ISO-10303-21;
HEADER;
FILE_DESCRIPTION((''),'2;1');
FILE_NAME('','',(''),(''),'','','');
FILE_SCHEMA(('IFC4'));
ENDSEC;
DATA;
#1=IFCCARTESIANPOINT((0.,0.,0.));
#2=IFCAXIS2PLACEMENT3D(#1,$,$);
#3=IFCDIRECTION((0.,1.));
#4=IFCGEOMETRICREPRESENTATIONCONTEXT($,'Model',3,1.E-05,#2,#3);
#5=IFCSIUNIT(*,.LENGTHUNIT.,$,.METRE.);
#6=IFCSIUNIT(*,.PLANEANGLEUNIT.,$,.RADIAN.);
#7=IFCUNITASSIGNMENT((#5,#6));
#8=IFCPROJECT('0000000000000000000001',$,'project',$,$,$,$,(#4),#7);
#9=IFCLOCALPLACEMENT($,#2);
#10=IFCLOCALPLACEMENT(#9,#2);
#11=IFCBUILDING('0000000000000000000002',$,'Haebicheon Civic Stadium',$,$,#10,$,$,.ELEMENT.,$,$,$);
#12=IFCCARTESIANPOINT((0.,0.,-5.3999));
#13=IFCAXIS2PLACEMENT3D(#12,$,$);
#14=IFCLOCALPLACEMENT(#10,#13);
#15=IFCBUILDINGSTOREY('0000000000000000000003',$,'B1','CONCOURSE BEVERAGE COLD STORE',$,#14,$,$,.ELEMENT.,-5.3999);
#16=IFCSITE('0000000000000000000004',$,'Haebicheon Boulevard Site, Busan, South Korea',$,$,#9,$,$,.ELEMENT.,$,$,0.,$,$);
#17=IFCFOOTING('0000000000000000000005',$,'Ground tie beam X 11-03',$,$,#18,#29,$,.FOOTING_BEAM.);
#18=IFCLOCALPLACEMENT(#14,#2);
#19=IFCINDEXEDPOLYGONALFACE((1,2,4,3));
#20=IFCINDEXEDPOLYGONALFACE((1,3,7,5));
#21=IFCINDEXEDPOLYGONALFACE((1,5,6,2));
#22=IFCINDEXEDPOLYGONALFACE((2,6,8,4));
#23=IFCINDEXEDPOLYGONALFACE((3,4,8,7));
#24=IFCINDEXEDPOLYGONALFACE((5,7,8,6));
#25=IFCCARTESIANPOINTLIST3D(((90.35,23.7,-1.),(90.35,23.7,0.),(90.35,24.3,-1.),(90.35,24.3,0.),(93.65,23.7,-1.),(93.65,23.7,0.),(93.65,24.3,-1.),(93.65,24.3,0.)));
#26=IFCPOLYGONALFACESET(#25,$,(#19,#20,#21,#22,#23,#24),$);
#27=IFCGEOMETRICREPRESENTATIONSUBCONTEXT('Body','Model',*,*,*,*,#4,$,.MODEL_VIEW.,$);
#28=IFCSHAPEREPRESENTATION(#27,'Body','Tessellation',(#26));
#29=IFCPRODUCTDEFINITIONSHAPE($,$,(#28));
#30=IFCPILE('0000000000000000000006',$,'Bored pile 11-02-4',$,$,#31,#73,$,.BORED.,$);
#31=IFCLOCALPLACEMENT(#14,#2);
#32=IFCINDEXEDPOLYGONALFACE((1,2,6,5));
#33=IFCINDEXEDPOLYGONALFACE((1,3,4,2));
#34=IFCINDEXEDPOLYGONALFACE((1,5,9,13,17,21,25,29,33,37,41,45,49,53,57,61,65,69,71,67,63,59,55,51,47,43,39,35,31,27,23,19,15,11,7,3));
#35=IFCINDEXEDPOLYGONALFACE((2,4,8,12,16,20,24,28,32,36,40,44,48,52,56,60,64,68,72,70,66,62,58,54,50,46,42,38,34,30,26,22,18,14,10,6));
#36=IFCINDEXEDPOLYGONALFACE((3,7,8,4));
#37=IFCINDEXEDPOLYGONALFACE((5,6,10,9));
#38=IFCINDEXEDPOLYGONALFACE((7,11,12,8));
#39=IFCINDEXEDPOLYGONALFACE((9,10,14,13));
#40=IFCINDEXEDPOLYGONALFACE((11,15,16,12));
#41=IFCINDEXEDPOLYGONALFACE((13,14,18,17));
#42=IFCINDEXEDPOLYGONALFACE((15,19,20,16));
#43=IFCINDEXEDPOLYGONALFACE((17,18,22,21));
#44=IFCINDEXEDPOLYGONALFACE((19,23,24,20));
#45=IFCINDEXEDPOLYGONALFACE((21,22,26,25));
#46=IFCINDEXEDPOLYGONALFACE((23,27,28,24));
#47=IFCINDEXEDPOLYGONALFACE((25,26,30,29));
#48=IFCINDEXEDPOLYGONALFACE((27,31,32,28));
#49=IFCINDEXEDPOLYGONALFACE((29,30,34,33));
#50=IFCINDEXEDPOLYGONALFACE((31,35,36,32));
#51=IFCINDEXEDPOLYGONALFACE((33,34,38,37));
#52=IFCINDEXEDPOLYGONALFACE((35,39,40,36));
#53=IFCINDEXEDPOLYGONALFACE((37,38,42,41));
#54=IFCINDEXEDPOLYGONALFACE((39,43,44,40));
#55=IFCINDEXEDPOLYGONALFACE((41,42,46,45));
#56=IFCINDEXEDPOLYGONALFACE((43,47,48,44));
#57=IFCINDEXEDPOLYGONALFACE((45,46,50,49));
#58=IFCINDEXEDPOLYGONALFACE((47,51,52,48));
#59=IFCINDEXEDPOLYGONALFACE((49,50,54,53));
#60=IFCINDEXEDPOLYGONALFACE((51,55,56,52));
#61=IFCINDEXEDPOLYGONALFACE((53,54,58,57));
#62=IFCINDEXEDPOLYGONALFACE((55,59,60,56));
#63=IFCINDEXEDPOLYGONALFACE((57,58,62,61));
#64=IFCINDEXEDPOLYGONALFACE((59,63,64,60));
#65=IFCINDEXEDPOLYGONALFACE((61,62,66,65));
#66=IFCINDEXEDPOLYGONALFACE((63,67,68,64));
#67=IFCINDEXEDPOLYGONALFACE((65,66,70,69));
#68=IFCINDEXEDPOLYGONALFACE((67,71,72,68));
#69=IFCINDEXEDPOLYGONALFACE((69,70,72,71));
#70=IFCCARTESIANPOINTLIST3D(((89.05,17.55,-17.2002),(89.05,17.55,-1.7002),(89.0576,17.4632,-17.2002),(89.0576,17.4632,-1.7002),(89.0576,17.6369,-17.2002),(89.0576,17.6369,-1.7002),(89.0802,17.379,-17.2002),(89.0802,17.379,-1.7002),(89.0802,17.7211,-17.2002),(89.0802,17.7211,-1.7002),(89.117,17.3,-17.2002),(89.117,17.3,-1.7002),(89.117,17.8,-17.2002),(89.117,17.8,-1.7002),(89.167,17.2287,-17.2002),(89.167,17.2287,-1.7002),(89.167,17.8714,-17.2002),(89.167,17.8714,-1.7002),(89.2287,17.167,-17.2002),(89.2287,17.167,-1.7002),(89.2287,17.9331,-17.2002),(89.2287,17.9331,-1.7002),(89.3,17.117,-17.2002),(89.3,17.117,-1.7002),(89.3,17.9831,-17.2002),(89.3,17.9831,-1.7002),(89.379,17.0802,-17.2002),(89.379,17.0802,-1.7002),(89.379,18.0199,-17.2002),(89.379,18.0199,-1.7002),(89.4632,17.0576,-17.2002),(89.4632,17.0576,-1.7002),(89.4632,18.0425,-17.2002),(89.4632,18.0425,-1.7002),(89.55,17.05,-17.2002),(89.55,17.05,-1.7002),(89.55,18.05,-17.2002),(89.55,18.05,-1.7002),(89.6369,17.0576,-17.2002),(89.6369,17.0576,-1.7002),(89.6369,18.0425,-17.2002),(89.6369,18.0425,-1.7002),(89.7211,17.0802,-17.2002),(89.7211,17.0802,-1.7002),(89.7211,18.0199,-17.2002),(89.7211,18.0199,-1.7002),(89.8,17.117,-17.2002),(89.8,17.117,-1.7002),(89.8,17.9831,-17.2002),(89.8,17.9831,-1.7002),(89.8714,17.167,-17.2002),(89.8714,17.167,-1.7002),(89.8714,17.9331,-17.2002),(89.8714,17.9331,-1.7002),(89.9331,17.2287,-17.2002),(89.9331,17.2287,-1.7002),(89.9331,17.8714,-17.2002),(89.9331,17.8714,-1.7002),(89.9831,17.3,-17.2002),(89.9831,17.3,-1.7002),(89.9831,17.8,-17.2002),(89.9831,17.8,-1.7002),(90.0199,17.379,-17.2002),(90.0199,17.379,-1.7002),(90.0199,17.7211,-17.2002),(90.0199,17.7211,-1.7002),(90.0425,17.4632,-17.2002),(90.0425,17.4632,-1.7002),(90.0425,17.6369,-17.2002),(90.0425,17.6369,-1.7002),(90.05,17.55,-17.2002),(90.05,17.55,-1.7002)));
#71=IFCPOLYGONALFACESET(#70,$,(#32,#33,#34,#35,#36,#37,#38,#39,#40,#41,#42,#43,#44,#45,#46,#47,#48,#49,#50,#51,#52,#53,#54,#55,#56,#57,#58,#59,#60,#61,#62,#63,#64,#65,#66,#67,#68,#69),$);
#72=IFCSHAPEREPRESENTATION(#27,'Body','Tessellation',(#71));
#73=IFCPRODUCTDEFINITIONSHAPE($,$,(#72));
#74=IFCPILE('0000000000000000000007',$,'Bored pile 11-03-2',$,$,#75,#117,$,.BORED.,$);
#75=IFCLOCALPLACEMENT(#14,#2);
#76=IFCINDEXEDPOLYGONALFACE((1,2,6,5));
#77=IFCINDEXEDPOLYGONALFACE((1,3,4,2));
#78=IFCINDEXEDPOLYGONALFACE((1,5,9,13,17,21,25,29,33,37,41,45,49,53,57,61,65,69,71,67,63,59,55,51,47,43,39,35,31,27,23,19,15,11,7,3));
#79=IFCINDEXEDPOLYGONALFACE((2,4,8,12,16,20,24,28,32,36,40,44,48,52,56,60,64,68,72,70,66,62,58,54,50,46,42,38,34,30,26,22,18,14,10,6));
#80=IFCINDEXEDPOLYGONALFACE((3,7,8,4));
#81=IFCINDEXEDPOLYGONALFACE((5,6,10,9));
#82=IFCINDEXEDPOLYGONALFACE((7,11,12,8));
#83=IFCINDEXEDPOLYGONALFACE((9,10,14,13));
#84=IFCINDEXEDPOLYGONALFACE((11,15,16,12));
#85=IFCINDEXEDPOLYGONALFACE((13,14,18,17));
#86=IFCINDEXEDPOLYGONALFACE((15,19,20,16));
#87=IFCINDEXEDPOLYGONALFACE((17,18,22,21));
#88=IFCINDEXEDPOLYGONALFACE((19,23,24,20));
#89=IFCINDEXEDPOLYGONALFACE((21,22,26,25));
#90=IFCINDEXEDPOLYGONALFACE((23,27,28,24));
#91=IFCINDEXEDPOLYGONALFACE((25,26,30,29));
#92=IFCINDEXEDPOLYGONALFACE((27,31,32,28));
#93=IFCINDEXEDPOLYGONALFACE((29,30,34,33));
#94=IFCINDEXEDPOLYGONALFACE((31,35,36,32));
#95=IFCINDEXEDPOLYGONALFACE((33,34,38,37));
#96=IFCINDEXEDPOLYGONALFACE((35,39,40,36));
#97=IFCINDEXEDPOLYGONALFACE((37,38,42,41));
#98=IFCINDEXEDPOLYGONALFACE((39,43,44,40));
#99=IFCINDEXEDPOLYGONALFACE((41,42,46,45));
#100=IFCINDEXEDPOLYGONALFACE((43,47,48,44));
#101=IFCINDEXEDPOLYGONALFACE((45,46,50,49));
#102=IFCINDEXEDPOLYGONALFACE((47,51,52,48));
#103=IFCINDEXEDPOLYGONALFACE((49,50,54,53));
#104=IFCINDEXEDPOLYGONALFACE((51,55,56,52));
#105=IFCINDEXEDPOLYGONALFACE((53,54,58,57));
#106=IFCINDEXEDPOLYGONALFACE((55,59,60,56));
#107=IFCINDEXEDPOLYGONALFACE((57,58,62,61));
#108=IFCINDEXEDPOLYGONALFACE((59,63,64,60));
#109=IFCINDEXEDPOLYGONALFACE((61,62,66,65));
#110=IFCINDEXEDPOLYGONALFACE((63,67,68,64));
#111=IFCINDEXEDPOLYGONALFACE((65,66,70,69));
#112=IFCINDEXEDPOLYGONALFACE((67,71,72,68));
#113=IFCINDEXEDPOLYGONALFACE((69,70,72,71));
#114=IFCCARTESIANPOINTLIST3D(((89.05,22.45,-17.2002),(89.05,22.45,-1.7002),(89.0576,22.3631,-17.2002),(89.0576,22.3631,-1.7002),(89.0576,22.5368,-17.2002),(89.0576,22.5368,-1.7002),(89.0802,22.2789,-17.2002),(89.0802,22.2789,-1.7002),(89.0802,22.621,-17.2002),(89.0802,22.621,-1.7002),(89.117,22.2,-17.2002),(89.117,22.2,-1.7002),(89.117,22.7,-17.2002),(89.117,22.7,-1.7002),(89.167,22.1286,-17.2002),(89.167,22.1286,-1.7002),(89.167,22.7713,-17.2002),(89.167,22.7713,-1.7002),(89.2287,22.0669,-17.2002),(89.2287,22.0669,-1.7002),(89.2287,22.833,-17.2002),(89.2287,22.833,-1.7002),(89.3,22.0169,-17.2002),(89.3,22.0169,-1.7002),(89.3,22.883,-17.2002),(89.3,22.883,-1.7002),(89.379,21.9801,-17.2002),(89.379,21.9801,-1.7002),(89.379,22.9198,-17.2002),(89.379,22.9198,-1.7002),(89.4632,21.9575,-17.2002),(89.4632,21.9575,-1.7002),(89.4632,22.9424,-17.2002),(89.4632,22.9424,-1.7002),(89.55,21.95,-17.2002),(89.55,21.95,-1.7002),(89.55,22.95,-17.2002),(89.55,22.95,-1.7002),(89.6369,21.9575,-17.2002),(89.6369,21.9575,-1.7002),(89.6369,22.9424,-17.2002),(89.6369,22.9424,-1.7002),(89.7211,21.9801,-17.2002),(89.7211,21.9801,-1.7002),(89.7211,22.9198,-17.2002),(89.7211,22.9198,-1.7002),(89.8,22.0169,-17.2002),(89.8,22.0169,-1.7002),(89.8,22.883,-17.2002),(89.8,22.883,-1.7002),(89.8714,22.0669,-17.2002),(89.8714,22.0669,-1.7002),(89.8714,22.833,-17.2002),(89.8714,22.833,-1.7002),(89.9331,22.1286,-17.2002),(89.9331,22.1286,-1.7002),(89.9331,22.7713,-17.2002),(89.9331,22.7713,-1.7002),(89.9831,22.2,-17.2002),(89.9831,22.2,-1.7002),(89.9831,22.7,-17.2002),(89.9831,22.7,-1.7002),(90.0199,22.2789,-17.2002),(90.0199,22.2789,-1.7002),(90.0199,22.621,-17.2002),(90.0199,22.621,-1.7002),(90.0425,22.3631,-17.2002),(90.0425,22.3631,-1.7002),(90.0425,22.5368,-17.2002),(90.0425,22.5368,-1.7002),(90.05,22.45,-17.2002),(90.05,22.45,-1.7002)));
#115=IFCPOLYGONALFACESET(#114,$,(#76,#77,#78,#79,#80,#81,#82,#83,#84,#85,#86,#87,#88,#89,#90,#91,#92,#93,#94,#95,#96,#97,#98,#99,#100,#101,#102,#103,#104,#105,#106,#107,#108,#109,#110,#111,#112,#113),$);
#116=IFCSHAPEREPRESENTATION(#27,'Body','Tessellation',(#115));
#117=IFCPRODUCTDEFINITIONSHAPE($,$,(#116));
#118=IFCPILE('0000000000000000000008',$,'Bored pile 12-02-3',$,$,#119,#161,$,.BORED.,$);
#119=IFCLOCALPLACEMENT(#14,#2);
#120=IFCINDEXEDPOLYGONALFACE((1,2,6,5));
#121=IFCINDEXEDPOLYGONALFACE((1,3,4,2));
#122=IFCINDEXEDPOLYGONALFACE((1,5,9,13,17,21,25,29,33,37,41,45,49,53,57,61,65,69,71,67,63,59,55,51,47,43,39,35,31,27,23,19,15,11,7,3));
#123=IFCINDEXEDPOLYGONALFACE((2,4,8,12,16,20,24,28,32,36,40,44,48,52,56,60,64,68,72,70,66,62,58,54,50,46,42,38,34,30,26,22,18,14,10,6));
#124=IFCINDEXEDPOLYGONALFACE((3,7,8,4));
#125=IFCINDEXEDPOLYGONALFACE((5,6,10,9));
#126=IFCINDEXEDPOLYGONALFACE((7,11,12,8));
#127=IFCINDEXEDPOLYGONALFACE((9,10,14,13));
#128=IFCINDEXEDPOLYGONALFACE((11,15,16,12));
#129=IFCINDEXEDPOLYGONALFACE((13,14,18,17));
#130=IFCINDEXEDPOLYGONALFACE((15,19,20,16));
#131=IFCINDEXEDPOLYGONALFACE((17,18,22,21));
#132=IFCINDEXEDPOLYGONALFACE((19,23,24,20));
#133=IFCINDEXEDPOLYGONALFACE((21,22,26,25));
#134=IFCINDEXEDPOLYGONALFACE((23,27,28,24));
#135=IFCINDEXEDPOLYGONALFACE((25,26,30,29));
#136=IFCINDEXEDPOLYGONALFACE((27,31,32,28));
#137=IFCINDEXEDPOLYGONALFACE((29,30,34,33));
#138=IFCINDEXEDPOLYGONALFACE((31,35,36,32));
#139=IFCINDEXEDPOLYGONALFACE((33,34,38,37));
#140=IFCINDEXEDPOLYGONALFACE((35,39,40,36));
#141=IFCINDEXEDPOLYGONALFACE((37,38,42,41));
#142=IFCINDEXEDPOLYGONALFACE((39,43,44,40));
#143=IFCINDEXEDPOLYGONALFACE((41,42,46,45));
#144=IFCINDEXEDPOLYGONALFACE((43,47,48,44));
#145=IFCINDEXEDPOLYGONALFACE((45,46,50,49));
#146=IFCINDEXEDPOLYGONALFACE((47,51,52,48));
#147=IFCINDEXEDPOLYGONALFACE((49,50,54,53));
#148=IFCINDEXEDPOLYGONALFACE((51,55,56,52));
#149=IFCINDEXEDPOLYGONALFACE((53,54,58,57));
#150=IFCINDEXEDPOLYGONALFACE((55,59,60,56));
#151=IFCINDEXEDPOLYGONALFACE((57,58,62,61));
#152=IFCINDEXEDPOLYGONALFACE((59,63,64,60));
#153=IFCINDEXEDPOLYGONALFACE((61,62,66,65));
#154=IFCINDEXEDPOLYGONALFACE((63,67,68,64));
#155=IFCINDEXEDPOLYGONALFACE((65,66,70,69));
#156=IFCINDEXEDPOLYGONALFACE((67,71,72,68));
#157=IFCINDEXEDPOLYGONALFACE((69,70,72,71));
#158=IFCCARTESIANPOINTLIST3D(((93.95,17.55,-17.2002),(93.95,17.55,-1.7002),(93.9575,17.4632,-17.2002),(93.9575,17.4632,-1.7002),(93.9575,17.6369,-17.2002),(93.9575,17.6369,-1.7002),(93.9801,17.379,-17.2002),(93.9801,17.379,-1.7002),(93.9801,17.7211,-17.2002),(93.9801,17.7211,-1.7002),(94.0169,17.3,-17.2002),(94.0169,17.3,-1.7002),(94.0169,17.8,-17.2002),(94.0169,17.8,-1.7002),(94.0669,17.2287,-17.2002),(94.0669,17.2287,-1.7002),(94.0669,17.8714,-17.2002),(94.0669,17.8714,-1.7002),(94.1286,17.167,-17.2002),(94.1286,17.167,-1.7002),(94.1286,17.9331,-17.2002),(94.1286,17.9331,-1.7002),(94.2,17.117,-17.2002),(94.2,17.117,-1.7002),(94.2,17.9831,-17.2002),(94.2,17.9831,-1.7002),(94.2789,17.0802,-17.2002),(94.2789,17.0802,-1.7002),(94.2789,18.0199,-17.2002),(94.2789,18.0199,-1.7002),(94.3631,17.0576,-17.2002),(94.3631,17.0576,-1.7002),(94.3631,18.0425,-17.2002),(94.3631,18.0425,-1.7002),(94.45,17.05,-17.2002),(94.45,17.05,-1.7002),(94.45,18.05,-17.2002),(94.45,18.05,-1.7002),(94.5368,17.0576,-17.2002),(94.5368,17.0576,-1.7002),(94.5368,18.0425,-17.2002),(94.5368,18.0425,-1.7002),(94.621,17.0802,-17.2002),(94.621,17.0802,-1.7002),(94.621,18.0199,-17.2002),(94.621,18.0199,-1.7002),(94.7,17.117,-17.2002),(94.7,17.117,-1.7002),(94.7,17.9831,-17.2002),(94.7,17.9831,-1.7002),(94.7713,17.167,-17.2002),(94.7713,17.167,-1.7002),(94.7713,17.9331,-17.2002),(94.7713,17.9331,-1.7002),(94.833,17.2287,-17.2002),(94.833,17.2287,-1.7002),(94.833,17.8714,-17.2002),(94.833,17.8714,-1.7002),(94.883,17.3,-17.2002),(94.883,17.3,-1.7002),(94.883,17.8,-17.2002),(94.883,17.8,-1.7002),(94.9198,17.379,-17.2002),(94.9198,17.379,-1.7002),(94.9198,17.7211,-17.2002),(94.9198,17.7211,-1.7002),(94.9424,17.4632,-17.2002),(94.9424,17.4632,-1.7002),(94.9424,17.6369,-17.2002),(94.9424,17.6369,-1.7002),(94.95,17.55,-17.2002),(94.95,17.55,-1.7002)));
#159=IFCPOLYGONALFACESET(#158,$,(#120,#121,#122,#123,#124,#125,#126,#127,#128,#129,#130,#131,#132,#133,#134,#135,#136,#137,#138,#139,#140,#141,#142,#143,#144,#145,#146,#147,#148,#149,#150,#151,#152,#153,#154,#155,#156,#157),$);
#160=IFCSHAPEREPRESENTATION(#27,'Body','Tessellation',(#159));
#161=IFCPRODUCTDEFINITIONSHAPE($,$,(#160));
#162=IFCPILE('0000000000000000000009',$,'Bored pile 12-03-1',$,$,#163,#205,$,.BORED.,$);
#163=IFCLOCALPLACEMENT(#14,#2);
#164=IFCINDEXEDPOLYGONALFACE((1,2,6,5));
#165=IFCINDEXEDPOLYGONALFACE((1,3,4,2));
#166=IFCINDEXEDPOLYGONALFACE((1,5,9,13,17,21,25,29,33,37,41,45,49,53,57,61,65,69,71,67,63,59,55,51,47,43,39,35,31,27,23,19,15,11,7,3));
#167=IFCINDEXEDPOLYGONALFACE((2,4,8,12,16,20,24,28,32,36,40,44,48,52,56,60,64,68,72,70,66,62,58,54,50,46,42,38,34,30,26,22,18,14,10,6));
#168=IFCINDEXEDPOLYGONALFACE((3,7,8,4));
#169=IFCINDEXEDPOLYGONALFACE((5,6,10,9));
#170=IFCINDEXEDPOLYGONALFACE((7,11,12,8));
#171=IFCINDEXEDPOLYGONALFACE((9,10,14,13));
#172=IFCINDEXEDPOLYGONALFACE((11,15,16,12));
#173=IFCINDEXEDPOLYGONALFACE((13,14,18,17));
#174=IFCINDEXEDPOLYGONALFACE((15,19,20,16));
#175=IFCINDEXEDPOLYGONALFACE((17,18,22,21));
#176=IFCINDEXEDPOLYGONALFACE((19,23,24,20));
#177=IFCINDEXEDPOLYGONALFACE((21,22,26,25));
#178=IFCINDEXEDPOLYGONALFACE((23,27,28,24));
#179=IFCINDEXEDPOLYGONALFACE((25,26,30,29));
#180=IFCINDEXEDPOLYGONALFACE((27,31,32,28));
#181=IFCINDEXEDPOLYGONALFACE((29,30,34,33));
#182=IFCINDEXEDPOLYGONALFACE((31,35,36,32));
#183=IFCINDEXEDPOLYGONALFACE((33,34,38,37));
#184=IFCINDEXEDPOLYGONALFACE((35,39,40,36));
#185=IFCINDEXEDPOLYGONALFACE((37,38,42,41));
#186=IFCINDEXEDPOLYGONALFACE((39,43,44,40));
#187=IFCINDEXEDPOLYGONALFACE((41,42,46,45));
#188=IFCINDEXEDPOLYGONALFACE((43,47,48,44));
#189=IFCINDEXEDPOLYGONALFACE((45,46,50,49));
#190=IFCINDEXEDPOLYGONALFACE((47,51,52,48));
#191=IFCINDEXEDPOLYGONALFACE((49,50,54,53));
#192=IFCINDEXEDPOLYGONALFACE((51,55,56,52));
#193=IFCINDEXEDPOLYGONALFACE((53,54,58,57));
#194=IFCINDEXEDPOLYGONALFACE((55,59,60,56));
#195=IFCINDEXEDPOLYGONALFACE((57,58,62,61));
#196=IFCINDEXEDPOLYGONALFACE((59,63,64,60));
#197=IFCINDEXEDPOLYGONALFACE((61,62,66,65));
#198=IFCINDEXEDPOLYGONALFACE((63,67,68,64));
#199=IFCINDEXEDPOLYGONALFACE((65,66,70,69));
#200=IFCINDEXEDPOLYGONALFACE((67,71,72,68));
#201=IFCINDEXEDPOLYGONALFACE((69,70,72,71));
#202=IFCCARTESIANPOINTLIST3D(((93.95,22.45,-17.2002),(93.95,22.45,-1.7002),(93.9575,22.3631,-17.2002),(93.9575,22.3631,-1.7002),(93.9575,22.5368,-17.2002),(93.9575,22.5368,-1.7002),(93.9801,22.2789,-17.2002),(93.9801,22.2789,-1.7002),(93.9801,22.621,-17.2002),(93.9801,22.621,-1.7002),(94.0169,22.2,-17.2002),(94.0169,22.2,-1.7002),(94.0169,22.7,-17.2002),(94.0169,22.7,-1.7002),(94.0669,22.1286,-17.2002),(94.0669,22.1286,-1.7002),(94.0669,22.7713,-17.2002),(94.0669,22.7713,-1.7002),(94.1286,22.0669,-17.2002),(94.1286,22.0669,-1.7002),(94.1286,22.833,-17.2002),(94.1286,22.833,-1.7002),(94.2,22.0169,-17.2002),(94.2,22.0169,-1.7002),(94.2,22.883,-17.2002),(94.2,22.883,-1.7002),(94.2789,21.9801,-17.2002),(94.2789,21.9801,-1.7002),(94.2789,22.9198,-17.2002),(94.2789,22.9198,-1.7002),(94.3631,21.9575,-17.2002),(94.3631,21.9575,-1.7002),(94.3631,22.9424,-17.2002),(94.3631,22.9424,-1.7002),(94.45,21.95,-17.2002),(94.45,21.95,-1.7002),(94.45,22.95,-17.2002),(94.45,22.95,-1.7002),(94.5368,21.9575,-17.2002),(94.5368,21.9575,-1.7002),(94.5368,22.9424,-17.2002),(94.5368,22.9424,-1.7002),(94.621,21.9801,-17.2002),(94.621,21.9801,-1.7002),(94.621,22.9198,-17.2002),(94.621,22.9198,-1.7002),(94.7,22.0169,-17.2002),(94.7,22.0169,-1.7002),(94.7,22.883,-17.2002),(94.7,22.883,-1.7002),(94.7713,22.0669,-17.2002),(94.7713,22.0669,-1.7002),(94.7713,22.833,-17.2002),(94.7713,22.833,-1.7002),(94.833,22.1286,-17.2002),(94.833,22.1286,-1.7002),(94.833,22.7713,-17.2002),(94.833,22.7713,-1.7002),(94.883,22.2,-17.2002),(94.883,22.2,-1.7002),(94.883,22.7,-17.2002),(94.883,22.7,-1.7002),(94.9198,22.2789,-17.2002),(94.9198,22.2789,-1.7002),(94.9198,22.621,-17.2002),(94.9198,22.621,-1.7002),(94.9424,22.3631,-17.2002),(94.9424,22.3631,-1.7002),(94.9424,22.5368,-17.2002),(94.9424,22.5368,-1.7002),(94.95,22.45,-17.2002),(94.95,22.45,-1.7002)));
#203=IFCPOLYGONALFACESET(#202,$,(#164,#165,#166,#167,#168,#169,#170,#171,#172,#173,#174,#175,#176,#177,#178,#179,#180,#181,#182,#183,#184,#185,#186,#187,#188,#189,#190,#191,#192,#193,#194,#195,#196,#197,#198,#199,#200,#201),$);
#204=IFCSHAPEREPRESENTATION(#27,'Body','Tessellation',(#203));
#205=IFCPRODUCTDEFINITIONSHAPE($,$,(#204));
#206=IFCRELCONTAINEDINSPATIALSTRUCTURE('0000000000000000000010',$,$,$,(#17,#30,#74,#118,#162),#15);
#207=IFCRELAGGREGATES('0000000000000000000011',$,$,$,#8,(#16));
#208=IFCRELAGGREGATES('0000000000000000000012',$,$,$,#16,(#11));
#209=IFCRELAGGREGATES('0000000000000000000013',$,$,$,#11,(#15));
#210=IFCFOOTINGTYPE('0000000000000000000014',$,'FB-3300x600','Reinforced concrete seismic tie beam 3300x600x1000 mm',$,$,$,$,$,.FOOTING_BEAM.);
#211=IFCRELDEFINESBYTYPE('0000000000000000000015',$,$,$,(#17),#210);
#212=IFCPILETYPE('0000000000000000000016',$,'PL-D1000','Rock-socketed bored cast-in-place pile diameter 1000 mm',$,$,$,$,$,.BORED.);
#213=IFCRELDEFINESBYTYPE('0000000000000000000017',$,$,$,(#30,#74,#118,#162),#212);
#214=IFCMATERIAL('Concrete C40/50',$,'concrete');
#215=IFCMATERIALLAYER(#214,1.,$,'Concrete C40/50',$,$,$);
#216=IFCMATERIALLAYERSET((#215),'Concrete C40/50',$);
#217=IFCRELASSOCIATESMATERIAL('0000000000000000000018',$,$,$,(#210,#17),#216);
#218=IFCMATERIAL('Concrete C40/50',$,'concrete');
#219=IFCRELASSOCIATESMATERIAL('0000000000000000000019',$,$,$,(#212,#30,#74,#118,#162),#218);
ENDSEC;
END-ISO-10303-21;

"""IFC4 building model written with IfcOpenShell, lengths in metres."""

from ifc_helpers import new_model, si_unit, direction, frame, origin, origin_2d, place, context, subcontext, project, spatial, rectangle, circle, extrude, material, layer, layer_set, material_profile, profile_set, type_object, element, save


model = new_model("IFC4")

# Units and contexts
model_context = context("Model", 3, precision=1e-05, world=origin(), true_north=direction((0.0, 1.0)))
body_context = subcontext(model_context, "Body", "Model", "MODEL_VIEW")
ifc_project = project(units=[si_unit("LENGTHUNIT", "METRE"), si_unit("PLANEANGLEUNIT", "RADIAN")], contexts=[model_context])

# Site, building, storey
site_placement = place(None, origin())
site = spatial("IfcSite", under=ifc_project, at=site_placement, Name="Haebicheon Boulevard Site, Busan, South Korea", CompositionType="ELEMENT", RefElevation=0.0)
building_placement = place(site_placement, origin())
building = spatial("IfcBuilding", under=site, at=building_placement, Name="Haebicheon Civic Stadium", CompositionType="ELEMENT")
storey_placement = place(building_placement, frame((0.0, 0.0, -5.3999)))
storey = spatial("IfcBuildingStorey", under=building, at=storey_placement, Name="B1", Description="CONCOURSE BEVERAGE COLD STORE", CompositionType="ELEMENT", Elevation=-5.3999)

# Footing
ifc_material_1 = material(Name="Concrete C40/50", Category="concrete")
ifc_layer_1 = layer(ifc_material_1, 1.0, Name="Concrete C40/50")
ifc_layer_set_1 = layer_set([ifc_layer_1], Name="Concrete C40/50")
footing_type = type_object("IfcFootingType", Name="FB-3300x600", Description="Reinforced concrete seismic tie beam 3300x600x1000 mm", PredefinedType="FOOTING_BEAM", material=ifc_layer_set_1)
footing_placement = place(storey_placement, frame((92.0, 24.0, -1.0), z_axis=(0.0, 0.0, 1.0), x_axis=(1.0, 0.0, 0.0)))
element("IfcFooting", 1, at=footing_placement, inside=storey, type_object=footing_type, material=ifc_layer_set_1, Name="Ground tie beam X 11-03", PredefinedType="FOOTING_BEAM", context=body_context, shape_type="SweptSolid", body=[
    extrude(rectangle(XDim=3.3, YDim=0.6001, at=origin_2d()), origin(), (0.0, 0.0, 1.0), 1.0),
])

# Piles
ifc_material_2 = material(Name="Concrete C40/50", Category="concrete")
ifc_material_profile_1 = material_profile(ifc_material_2, circle(Radius=0.5, at=origin_2d()), Name="PILE-D1000")
ifc_profile_set_1 = profile_set([ifc_material_profile_1], Name="Concrete C40/50")
pile_type = type_object("IfcPileType", Name="PL-D1000", Description="Rock-socketed bored cast-in-place pile diameter 1000 mm", PredefinedType="BORED", material=ifc_profile_set_1)
for number, where, z_axis, x_axis, name in (
    (2, (89.55, 17.55, -1.7002), (0.0, 0.0, -1.0), (1.0, 0.0, 0.0), "Bored pile 11-02-4"),
    (3, (89.55, 22.45, -1.7002), (0.0, 0.0, -1.0), (1.0, 0.0, 0.0), "Bored pile 11-03-2"),
    (4, (94.45, 17.55, -1.7002), (0.0, 0.0, -1.0), (1.0, 0.0, 0.0), "Bored pile 12-02-3"),
    (5, (94.45, 22.45, -1.7002), (0.0, 0.0, -1.0), (1.0, 0.0, 0.0), "Bored pile 12-03-1"),
):
    element("IfcPile", number, at=place(storey_placement, frame(where, z_axis=z_axis, x_axis=x_axis)), inside=storey, type_object=pile_type, material=ifc_profile_set_1, Name=name, PredefinedType="BORED", context=body_context, shape_type="SweptSolid", body=[
        extrude(circle(Radius=0.5, at=origin_2d()), origin(), (0.0, 0.0, 1.0), 15.5),
    ])

save(model, "model.ifc")
